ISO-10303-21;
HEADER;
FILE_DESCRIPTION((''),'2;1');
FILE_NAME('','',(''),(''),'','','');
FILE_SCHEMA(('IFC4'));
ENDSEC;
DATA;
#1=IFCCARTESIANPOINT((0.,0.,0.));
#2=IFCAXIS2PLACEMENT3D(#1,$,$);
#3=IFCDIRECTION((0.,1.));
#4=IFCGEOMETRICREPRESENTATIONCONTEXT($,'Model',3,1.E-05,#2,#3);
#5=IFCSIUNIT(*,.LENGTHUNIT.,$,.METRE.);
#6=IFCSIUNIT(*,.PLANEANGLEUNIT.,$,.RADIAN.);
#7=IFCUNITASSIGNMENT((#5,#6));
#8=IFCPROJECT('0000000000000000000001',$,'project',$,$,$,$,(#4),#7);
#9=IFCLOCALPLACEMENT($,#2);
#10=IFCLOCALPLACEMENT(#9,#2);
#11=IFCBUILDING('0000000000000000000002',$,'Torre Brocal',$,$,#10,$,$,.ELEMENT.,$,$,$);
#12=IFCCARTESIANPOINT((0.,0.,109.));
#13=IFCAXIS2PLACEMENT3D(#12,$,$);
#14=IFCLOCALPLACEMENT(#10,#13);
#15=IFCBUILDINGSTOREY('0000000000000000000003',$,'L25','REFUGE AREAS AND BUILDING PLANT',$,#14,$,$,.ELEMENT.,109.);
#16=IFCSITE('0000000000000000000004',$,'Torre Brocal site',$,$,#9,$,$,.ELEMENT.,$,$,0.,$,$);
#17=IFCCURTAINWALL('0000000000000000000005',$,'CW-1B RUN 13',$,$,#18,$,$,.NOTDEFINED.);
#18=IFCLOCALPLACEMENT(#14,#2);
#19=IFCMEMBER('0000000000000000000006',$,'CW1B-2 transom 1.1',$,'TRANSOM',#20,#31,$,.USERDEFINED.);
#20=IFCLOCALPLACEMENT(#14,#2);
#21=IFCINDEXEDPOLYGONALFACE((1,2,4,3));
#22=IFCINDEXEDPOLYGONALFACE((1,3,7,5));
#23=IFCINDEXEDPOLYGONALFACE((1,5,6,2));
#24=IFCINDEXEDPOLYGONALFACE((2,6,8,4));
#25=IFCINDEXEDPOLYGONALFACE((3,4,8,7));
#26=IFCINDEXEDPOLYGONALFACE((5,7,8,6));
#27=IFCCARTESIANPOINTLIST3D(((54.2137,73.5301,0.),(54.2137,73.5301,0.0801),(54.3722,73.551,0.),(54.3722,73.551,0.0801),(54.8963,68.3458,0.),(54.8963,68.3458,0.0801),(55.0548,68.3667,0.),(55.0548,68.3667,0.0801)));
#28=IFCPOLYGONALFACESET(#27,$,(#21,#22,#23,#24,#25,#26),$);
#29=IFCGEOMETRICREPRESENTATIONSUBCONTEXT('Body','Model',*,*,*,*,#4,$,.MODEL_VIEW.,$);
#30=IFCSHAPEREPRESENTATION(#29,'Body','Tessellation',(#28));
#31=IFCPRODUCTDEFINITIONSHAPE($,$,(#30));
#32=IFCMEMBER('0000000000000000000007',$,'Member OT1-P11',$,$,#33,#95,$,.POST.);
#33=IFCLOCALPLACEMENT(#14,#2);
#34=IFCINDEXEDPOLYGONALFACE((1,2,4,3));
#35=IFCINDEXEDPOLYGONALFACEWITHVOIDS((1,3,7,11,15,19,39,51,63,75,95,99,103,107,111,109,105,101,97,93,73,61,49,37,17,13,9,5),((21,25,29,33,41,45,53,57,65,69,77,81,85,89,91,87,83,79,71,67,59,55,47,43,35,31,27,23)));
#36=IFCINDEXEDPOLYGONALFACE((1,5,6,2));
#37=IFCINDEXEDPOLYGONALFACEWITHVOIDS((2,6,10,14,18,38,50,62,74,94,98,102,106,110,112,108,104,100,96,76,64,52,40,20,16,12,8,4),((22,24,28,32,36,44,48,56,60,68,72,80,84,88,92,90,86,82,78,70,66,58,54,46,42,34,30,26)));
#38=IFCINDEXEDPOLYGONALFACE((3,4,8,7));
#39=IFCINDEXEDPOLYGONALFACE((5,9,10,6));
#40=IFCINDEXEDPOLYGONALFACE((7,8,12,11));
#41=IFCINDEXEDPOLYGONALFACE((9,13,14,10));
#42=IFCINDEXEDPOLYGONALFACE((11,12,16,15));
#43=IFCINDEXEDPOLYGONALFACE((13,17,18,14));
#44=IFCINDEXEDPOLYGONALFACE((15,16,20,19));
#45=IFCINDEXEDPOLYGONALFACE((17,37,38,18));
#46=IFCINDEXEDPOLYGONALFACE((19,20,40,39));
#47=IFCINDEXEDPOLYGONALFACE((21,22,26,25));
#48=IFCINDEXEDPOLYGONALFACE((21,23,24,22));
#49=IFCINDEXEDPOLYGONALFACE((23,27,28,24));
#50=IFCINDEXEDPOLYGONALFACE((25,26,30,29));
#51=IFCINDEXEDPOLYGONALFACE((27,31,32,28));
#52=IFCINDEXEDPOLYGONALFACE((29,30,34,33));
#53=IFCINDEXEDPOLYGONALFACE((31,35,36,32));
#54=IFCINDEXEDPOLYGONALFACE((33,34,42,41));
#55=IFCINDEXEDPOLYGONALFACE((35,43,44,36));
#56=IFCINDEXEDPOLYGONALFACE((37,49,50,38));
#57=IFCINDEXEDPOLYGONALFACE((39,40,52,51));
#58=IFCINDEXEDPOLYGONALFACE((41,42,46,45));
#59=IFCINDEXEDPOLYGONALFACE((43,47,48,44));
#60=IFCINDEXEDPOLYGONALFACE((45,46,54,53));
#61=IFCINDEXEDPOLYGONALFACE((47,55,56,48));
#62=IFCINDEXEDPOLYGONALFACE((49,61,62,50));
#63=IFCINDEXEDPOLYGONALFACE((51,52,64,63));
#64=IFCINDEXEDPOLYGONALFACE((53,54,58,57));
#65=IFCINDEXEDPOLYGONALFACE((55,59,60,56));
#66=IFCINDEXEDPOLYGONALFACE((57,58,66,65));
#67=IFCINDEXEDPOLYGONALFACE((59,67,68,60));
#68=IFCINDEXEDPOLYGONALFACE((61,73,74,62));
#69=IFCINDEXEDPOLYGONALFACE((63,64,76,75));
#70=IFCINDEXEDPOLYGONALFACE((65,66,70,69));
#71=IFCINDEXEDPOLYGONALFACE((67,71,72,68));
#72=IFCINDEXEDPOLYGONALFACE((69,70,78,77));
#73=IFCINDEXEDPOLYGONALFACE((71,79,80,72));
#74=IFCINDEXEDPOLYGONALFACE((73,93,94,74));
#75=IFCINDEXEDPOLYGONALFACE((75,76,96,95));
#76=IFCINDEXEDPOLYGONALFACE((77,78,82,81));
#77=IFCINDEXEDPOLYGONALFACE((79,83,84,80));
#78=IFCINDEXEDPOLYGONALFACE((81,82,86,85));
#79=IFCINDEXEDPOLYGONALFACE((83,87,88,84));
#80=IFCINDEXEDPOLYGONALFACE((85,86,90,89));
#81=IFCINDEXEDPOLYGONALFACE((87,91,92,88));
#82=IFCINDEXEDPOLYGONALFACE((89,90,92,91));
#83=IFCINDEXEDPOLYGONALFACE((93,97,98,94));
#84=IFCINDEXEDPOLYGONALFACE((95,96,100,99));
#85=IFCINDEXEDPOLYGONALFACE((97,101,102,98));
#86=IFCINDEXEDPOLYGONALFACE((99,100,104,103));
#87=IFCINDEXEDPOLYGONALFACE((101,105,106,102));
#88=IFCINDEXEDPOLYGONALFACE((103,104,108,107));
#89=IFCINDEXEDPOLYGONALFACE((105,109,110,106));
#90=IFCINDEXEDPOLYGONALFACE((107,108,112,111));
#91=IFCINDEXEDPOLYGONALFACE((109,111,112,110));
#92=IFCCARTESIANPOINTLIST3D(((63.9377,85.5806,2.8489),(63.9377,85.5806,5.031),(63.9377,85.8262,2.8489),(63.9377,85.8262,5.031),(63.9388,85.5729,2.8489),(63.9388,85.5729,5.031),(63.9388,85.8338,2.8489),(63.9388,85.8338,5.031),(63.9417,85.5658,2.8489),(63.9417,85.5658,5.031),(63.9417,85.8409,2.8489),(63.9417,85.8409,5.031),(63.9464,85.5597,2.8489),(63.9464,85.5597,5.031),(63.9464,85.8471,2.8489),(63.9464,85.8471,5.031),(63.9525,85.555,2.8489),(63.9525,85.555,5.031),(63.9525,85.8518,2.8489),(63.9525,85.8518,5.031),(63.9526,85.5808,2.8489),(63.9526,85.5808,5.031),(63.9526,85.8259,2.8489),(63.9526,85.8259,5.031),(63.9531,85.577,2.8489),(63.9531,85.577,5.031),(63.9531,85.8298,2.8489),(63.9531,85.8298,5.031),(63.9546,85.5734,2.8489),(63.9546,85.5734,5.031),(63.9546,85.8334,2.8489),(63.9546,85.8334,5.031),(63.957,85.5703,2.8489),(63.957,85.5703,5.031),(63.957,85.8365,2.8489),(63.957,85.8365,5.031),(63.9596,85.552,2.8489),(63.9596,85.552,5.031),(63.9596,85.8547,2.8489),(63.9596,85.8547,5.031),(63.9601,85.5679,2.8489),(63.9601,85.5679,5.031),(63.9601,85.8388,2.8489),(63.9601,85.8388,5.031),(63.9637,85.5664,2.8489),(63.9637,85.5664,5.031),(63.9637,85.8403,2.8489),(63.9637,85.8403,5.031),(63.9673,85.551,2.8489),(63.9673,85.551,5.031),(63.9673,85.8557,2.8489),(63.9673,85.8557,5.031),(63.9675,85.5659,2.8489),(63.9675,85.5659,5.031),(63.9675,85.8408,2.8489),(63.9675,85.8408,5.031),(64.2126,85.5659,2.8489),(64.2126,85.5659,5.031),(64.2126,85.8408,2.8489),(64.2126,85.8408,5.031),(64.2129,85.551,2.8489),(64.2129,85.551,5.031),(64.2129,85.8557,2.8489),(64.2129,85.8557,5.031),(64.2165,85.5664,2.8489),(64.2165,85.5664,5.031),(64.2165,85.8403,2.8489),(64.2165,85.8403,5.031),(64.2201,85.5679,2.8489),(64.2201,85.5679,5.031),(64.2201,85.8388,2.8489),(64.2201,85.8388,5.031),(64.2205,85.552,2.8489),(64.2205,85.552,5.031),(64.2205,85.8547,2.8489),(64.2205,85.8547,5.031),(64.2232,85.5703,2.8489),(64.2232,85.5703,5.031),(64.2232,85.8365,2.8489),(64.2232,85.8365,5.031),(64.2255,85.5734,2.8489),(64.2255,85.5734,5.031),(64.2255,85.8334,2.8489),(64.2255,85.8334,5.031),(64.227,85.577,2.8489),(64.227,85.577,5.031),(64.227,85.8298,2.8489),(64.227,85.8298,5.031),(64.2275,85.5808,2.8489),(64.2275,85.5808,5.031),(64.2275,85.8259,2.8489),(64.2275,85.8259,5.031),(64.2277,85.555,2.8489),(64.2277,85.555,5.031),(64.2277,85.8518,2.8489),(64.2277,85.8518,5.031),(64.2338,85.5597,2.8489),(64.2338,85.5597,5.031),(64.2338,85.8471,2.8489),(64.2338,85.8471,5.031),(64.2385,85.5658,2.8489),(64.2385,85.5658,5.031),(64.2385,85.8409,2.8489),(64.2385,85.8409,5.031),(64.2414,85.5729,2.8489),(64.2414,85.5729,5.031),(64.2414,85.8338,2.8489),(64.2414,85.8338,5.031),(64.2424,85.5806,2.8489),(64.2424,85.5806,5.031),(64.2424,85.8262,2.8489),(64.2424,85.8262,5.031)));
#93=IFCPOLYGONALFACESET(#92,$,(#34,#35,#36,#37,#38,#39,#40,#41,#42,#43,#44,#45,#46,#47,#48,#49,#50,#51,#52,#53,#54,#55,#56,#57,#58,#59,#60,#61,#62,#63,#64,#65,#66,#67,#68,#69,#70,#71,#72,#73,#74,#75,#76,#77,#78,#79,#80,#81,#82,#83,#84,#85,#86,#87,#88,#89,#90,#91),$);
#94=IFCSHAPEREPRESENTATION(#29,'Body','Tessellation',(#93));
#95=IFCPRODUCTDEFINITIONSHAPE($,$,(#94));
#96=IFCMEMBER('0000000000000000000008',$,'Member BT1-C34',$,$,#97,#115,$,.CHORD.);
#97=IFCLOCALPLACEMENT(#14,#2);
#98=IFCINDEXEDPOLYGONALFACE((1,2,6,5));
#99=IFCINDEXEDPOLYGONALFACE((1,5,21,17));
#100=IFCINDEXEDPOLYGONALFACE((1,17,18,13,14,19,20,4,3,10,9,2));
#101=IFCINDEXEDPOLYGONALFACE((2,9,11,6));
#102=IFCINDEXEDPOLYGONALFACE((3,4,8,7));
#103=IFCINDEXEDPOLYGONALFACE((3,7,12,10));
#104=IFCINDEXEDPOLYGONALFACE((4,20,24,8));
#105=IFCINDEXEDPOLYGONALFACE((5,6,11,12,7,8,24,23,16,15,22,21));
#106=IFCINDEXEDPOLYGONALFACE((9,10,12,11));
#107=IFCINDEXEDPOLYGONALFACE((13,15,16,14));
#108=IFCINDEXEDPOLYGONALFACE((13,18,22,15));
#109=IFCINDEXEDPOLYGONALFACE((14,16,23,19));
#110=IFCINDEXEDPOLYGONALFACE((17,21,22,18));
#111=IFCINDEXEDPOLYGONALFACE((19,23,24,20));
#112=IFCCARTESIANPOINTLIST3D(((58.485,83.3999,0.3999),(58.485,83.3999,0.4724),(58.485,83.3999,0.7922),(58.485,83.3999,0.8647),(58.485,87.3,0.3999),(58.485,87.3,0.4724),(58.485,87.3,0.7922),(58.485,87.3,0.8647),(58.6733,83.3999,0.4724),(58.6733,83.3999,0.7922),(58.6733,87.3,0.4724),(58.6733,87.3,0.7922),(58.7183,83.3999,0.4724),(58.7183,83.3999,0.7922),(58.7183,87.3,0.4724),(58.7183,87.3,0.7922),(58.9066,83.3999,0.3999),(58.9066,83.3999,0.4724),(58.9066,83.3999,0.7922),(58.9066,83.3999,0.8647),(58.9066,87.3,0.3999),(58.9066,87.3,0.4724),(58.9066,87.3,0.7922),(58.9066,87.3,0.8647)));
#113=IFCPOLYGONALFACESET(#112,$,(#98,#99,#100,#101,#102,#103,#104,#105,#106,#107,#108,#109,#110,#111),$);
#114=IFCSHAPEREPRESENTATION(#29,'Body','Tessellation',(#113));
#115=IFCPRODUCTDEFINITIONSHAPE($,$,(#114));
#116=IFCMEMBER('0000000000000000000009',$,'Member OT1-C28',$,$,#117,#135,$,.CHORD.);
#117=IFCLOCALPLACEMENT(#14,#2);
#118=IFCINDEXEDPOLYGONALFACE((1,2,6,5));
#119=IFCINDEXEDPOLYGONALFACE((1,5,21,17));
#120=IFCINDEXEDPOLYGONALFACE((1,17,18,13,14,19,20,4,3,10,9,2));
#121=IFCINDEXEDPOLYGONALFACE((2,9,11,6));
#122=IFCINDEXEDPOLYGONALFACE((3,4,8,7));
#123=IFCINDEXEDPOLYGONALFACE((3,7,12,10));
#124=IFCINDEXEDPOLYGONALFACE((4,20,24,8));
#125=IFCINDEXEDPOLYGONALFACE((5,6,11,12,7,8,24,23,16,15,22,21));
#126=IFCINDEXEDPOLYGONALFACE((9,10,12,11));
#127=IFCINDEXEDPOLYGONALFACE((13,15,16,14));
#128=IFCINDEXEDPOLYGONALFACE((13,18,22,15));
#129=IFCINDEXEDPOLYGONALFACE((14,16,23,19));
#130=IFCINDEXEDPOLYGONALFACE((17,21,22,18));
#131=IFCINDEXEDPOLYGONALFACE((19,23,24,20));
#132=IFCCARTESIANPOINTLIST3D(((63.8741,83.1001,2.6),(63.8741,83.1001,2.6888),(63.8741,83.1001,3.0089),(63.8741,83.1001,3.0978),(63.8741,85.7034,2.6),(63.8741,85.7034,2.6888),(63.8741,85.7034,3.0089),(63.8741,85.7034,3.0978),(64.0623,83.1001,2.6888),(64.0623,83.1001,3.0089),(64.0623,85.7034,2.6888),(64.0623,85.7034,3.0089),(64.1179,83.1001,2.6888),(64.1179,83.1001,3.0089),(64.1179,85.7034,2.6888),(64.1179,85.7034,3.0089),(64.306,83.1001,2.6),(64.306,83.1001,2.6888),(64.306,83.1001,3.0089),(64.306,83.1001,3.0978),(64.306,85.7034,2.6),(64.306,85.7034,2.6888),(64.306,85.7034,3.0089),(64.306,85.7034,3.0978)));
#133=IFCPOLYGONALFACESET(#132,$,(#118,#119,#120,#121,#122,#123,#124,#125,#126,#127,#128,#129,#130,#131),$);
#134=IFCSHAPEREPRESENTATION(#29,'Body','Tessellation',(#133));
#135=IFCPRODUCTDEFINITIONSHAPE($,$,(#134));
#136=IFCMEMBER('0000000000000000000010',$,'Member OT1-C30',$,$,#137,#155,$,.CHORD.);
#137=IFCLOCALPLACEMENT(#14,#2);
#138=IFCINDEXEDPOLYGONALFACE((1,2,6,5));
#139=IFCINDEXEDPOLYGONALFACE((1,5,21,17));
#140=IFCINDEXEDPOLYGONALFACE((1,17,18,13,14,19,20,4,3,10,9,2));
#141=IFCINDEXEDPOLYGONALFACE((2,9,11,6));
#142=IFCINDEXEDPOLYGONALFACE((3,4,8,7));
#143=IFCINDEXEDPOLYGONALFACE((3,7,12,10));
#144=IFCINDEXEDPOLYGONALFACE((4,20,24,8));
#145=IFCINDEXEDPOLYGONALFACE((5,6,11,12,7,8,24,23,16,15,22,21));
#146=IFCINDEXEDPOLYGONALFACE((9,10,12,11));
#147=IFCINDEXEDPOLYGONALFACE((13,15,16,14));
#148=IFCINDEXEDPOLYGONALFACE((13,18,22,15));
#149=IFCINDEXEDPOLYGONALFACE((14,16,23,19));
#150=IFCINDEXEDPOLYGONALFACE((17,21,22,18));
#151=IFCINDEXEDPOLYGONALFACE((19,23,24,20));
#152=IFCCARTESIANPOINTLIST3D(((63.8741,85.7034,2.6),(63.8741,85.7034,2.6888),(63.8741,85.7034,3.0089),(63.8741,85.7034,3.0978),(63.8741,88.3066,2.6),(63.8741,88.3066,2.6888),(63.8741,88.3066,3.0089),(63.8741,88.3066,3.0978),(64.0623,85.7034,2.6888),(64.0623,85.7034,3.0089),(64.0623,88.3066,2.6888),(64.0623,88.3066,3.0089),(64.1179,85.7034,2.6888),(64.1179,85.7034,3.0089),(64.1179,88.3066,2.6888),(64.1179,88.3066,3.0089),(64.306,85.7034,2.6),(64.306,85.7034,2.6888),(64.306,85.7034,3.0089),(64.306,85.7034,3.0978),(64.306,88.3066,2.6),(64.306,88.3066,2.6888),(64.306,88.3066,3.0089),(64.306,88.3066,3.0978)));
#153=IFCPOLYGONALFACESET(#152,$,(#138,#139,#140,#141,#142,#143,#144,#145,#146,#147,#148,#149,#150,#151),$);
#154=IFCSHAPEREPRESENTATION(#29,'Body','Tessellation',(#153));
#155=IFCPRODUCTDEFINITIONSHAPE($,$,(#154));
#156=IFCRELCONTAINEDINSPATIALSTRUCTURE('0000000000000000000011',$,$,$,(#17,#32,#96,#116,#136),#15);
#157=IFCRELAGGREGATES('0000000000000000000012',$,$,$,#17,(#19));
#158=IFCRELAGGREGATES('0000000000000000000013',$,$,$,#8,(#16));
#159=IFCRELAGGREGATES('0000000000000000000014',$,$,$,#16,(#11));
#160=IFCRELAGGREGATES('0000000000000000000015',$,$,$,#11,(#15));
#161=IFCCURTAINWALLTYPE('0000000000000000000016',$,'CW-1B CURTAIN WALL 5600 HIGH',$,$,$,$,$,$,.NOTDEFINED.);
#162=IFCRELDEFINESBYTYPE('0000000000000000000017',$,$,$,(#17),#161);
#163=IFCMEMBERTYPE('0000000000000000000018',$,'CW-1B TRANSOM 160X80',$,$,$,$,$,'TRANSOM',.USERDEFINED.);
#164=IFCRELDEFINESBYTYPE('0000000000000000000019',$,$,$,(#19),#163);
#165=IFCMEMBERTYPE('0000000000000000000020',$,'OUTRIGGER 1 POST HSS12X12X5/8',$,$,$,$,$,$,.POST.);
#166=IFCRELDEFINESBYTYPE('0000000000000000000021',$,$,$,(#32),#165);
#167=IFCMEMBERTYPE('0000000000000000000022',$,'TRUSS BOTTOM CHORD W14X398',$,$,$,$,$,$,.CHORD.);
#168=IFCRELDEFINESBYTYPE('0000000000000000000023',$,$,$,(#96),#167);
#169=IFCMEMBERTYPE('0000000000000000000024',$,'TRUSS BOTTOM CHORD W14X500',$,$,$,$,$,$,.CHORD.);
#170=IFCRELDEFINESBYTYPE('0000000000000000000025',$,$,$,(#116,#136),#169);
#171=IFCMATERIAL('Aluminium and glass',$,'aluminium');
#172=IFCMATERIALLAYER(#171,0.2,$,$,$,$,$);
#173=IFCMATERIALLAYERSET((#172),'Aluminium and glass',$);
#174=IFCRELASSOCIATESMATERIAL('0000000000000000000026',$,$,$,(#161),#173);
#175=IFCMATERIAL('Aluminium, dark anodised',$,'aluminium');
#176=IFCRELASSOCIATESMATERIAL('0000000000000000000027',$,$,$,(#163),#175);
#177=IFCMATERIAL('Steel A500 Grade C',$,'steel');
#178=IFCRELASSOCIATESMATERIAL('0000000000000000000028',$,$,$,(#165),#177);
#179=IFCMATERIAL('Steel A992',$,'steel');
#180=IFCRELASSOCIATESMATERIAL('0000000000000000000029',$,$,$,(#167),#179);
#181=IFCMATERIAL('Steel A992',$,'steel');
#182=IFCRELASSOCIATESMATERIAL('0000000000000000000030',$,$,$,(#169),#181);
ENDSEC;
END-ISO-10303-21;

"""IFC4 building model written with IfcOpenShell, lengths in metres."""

from ifc_helpers import new_model, si_unit, direction, frame, origin, origin_2d, place, context, subcontext, project, spatial, rectangle, hollow_rectangle, i_section, extrude, material, layer, layer_set, material_profile, profile_set, type_object, element, aggregate, save


model = new_model("IFC4")

# Units and contexts
model_context = context("Model", 3, precision=1e-05, world=origin(), true_north=direction((0.0, 1.0)))
body_context = subcontext(model_context, "Body", "Model", "MODEL_VIEW")
ifc_project = project(units=[si_unit("LENGTHUNIT", "METRE"), si_unit("PLANEANGLEUNIT", "RADIAN")], contexts=[model_context])

# Site, building, storey
site_placement = place(None, origin())
site = spatial("IfcSite", under=ifc_project, at=site_placement, Name="Torre Brocal site", CompositionType="ELEMENT", RefElevation=0.0)
building_placement = place(site_placement, origin())
building = spatial("IfcBuilding", under=site, at=building_placement, Name="Torre Brocal", CompositionType="ELEMENT")
storey_placement = place(building_placement, frame((0.0, 0.0, 109.0)))
storey = spatial("IfcBuildingStorey", under=building, at=storey_placement, Name="L25", Description="REFUGE AREAS AND BUILDING PLANT", CompositionType="ELEMENT", Elevation=109.0)

# Shared definitions
ifc_material_1 = material(Name="Aluminium and glass", Category="aluminium")
ifc_layer_1 = layer(ifc_material_1, 0.2)
ifc_layer_set_1 = layer_set([ifc_layer_1], Name="Aluminium and glass")
curtain_wall_type_1 = type_object("IfcCurtainWallType", Name="CW-1B CURTAIN WALL 5600 HIGH", PredefinedType="NOTDEFINED", material=ifc_layer_set_1)

# Curtain wall
curtain_wall_1_placement = place(storey_placement, origin())
curtain_wall_1 = element("IfcCurtainWall", 1, at=curtain_wall_1_placement, inside=storey, type_object=curtain_wall_type_1, Name="CW-1B RUN 13", PredefinedType="NOTDEFINED")

# Member
ifc_material_2 = material(Name="Aluminium, dark anodised", Category="aluminium")
ifc_material_profile_1 = material_profile(ifc_material_2, rectangle(XDim=0.1599, YDim=0.0801, at=origin_2d()), Name="CW-1B TRANSOM 160X80")
ifc_profile_set_1 = profile_set([ifc_material_profile_1], Name="Aluminium, dark anodised")
member_type_1 = type_object("IfcMemberType", Name="CW-1B TRANSOM 160X80", ElementType="TRANSOM", PredefinedType="USERDEFINED", material=ifc_profile_set_1)
member_1_placement = place(storey_placement, frame((54.293, 73.5405, 0.04), z_axis=(0.130543, -0.991443, 0.0), x_axis=(0.991443, 0.130543, 0.0)))
member_1 = element("IfcMember", 2, at=member_1_placement, type_object=member_type_1, Name="CW1B-2 transom 1.1", ObjectType="TRANSOM", PredefinedType="USERDEFINED", context=body_context, shape_type="SweptSolid", body=[
    extrude(rectangle(XDim=0.1599, YDim=0.0801, at=origin_2d()), origin(), (0.0, 0.0, 1.0), 5.229),
])
aggregate(curtain_wall_1, [member_1])

# Members
ifc_material_3 = material(Name="Steel A500 Grade C", Category="steel")
ifc_material_profile_2 = material_profile(ifc_material_3, hollow_rectangle(XDim=0.3047, YDim=0.3047, WallThickness=0.0149, InnerFilletRadius=0.0149, OuterFilletRadius=0.0295, at=origin_2d()), Name="HSS12X12X5/8")
ifc_profile_set_2 = profile_set([ifc_material_profile_2], Name="Steel A500 Grade C")
member_type_2 = type_object("IfcMemberType", Name="OUTRIGGER 1 POST HSS12X12X5/8", PredefinedType="POST", material=ifc_profile_set_2)
member_2_placement = place(storey_placement, frame((64.0901, 85.7034, 2.8489), z_axis=(0.0, 0.0, 1.0), x_axis=(1.0, 0.0, 0.0)))
element("IfcMember", 3, at=member_2_placement, inside=storey, type_object=member_type_2, Name="Member OT1-P11", PredefinedType="POST", context=body_context, shape_type="SweptSolid", body=[
    extrude(hollow_rectangle(XDim=0.3047, YDim=0.3047, WallThickness=0.0149, InnerFilletRadius=0.0149, OuterFilletRadius=0.0295, at=origin_2d()), origin(), (0.0, 0.0, 1.0), 2.1821),
])
ifc_material_4 = material(Name="Steel A992", Category="steel")
ifc_material_profile_3 = material_profile(ifc_material_4, i_section(OverallWidth=0.4216, OverallDepth=0.4648, WebThickness=0.0449, FlangeThickness=0.0725, at=origin_2d()), Name="W14X398")
ifc_profile_set_3 = profile_set([ifc_material_profile_3], Name="Steel A992")
member_type_3 = type_object("IfcMemberType", Name="TRUSS BOTTOM CHORD W14X398", PredefinedType="CHORD", material=ifc_profile_set_3)
member_3_placement = place(storey_placement, frame((58.6958, 87.3, 0.6323), z_axis=(0.0, -1.0, 0.0), x_axis=(1.0, 0.0, 0.0)))
element("IfcMember", 4, at=member_3_placement, inside=storey, type_object=member_type_3, Name="Member BT1-C34", PredefinedType="CHORD", context=body_context, shape_type="SweptSolid", body=[
    extrude(i_section(OverallWidth=0.4216, OverallDepth=0.4648, WebThickness=0.0449, FlangeThickness=0.0725, at=origin_2d()), origin(), (0.0, 0.0, 1.0), 3.9001),
])
ifc_material_5 = material(Name="Steel A992", Category="steel")
ifc_material_profile_4 = material_profile(ifc_material_5, i_section(OverallWidth=0.4319, OverallDepth=0.4978, WebThickness=0.0557, FlangeThickness=0.0889, at=origin_2d()), Name="W14X500")
ifc_profile_set_4 = profile_set([ifc_material_profile_4], Name="Steel A992")
member_type_4 = type_object("IfcMemberType", Name="TRUSS BOTTOM CHORD W14X500", PredefinedType="CHORD", material=ifc_profile_set_4)
for number, where, z_axis, x_axis, name in (
    (5, (64.0901, 83.1001, 2.8489), (0.0, 1.0, 0.0), (-1.0, 0.0, 0.0), "Member OT1-C28"),
    (6, (64.0901, 85.7034, 2.8489), (0.0, 1.0, 0.0), (-1.0, 0.0, 0.0), "Member OT1-C30"),
):
    element("IfcMember", number, at=place(storey_placement, frame(where, z_axis=z_axis, x_axis=x_axis)), inside=storey, type_object=member_type_4, Name=name, PredefinedType="CHORD", context=body_context, shape_type="SweptSolid", body=[
        extrude(i_section(OverallWidth=0.4319, OverallDepth=0.4978, WebThickness=0.0557, FlangeThickness=0.0889, at=origin_2d()), origin(), (0.0, 0.0, 1.0), 2.6033),
    ])

save(model, "model.ifc")
